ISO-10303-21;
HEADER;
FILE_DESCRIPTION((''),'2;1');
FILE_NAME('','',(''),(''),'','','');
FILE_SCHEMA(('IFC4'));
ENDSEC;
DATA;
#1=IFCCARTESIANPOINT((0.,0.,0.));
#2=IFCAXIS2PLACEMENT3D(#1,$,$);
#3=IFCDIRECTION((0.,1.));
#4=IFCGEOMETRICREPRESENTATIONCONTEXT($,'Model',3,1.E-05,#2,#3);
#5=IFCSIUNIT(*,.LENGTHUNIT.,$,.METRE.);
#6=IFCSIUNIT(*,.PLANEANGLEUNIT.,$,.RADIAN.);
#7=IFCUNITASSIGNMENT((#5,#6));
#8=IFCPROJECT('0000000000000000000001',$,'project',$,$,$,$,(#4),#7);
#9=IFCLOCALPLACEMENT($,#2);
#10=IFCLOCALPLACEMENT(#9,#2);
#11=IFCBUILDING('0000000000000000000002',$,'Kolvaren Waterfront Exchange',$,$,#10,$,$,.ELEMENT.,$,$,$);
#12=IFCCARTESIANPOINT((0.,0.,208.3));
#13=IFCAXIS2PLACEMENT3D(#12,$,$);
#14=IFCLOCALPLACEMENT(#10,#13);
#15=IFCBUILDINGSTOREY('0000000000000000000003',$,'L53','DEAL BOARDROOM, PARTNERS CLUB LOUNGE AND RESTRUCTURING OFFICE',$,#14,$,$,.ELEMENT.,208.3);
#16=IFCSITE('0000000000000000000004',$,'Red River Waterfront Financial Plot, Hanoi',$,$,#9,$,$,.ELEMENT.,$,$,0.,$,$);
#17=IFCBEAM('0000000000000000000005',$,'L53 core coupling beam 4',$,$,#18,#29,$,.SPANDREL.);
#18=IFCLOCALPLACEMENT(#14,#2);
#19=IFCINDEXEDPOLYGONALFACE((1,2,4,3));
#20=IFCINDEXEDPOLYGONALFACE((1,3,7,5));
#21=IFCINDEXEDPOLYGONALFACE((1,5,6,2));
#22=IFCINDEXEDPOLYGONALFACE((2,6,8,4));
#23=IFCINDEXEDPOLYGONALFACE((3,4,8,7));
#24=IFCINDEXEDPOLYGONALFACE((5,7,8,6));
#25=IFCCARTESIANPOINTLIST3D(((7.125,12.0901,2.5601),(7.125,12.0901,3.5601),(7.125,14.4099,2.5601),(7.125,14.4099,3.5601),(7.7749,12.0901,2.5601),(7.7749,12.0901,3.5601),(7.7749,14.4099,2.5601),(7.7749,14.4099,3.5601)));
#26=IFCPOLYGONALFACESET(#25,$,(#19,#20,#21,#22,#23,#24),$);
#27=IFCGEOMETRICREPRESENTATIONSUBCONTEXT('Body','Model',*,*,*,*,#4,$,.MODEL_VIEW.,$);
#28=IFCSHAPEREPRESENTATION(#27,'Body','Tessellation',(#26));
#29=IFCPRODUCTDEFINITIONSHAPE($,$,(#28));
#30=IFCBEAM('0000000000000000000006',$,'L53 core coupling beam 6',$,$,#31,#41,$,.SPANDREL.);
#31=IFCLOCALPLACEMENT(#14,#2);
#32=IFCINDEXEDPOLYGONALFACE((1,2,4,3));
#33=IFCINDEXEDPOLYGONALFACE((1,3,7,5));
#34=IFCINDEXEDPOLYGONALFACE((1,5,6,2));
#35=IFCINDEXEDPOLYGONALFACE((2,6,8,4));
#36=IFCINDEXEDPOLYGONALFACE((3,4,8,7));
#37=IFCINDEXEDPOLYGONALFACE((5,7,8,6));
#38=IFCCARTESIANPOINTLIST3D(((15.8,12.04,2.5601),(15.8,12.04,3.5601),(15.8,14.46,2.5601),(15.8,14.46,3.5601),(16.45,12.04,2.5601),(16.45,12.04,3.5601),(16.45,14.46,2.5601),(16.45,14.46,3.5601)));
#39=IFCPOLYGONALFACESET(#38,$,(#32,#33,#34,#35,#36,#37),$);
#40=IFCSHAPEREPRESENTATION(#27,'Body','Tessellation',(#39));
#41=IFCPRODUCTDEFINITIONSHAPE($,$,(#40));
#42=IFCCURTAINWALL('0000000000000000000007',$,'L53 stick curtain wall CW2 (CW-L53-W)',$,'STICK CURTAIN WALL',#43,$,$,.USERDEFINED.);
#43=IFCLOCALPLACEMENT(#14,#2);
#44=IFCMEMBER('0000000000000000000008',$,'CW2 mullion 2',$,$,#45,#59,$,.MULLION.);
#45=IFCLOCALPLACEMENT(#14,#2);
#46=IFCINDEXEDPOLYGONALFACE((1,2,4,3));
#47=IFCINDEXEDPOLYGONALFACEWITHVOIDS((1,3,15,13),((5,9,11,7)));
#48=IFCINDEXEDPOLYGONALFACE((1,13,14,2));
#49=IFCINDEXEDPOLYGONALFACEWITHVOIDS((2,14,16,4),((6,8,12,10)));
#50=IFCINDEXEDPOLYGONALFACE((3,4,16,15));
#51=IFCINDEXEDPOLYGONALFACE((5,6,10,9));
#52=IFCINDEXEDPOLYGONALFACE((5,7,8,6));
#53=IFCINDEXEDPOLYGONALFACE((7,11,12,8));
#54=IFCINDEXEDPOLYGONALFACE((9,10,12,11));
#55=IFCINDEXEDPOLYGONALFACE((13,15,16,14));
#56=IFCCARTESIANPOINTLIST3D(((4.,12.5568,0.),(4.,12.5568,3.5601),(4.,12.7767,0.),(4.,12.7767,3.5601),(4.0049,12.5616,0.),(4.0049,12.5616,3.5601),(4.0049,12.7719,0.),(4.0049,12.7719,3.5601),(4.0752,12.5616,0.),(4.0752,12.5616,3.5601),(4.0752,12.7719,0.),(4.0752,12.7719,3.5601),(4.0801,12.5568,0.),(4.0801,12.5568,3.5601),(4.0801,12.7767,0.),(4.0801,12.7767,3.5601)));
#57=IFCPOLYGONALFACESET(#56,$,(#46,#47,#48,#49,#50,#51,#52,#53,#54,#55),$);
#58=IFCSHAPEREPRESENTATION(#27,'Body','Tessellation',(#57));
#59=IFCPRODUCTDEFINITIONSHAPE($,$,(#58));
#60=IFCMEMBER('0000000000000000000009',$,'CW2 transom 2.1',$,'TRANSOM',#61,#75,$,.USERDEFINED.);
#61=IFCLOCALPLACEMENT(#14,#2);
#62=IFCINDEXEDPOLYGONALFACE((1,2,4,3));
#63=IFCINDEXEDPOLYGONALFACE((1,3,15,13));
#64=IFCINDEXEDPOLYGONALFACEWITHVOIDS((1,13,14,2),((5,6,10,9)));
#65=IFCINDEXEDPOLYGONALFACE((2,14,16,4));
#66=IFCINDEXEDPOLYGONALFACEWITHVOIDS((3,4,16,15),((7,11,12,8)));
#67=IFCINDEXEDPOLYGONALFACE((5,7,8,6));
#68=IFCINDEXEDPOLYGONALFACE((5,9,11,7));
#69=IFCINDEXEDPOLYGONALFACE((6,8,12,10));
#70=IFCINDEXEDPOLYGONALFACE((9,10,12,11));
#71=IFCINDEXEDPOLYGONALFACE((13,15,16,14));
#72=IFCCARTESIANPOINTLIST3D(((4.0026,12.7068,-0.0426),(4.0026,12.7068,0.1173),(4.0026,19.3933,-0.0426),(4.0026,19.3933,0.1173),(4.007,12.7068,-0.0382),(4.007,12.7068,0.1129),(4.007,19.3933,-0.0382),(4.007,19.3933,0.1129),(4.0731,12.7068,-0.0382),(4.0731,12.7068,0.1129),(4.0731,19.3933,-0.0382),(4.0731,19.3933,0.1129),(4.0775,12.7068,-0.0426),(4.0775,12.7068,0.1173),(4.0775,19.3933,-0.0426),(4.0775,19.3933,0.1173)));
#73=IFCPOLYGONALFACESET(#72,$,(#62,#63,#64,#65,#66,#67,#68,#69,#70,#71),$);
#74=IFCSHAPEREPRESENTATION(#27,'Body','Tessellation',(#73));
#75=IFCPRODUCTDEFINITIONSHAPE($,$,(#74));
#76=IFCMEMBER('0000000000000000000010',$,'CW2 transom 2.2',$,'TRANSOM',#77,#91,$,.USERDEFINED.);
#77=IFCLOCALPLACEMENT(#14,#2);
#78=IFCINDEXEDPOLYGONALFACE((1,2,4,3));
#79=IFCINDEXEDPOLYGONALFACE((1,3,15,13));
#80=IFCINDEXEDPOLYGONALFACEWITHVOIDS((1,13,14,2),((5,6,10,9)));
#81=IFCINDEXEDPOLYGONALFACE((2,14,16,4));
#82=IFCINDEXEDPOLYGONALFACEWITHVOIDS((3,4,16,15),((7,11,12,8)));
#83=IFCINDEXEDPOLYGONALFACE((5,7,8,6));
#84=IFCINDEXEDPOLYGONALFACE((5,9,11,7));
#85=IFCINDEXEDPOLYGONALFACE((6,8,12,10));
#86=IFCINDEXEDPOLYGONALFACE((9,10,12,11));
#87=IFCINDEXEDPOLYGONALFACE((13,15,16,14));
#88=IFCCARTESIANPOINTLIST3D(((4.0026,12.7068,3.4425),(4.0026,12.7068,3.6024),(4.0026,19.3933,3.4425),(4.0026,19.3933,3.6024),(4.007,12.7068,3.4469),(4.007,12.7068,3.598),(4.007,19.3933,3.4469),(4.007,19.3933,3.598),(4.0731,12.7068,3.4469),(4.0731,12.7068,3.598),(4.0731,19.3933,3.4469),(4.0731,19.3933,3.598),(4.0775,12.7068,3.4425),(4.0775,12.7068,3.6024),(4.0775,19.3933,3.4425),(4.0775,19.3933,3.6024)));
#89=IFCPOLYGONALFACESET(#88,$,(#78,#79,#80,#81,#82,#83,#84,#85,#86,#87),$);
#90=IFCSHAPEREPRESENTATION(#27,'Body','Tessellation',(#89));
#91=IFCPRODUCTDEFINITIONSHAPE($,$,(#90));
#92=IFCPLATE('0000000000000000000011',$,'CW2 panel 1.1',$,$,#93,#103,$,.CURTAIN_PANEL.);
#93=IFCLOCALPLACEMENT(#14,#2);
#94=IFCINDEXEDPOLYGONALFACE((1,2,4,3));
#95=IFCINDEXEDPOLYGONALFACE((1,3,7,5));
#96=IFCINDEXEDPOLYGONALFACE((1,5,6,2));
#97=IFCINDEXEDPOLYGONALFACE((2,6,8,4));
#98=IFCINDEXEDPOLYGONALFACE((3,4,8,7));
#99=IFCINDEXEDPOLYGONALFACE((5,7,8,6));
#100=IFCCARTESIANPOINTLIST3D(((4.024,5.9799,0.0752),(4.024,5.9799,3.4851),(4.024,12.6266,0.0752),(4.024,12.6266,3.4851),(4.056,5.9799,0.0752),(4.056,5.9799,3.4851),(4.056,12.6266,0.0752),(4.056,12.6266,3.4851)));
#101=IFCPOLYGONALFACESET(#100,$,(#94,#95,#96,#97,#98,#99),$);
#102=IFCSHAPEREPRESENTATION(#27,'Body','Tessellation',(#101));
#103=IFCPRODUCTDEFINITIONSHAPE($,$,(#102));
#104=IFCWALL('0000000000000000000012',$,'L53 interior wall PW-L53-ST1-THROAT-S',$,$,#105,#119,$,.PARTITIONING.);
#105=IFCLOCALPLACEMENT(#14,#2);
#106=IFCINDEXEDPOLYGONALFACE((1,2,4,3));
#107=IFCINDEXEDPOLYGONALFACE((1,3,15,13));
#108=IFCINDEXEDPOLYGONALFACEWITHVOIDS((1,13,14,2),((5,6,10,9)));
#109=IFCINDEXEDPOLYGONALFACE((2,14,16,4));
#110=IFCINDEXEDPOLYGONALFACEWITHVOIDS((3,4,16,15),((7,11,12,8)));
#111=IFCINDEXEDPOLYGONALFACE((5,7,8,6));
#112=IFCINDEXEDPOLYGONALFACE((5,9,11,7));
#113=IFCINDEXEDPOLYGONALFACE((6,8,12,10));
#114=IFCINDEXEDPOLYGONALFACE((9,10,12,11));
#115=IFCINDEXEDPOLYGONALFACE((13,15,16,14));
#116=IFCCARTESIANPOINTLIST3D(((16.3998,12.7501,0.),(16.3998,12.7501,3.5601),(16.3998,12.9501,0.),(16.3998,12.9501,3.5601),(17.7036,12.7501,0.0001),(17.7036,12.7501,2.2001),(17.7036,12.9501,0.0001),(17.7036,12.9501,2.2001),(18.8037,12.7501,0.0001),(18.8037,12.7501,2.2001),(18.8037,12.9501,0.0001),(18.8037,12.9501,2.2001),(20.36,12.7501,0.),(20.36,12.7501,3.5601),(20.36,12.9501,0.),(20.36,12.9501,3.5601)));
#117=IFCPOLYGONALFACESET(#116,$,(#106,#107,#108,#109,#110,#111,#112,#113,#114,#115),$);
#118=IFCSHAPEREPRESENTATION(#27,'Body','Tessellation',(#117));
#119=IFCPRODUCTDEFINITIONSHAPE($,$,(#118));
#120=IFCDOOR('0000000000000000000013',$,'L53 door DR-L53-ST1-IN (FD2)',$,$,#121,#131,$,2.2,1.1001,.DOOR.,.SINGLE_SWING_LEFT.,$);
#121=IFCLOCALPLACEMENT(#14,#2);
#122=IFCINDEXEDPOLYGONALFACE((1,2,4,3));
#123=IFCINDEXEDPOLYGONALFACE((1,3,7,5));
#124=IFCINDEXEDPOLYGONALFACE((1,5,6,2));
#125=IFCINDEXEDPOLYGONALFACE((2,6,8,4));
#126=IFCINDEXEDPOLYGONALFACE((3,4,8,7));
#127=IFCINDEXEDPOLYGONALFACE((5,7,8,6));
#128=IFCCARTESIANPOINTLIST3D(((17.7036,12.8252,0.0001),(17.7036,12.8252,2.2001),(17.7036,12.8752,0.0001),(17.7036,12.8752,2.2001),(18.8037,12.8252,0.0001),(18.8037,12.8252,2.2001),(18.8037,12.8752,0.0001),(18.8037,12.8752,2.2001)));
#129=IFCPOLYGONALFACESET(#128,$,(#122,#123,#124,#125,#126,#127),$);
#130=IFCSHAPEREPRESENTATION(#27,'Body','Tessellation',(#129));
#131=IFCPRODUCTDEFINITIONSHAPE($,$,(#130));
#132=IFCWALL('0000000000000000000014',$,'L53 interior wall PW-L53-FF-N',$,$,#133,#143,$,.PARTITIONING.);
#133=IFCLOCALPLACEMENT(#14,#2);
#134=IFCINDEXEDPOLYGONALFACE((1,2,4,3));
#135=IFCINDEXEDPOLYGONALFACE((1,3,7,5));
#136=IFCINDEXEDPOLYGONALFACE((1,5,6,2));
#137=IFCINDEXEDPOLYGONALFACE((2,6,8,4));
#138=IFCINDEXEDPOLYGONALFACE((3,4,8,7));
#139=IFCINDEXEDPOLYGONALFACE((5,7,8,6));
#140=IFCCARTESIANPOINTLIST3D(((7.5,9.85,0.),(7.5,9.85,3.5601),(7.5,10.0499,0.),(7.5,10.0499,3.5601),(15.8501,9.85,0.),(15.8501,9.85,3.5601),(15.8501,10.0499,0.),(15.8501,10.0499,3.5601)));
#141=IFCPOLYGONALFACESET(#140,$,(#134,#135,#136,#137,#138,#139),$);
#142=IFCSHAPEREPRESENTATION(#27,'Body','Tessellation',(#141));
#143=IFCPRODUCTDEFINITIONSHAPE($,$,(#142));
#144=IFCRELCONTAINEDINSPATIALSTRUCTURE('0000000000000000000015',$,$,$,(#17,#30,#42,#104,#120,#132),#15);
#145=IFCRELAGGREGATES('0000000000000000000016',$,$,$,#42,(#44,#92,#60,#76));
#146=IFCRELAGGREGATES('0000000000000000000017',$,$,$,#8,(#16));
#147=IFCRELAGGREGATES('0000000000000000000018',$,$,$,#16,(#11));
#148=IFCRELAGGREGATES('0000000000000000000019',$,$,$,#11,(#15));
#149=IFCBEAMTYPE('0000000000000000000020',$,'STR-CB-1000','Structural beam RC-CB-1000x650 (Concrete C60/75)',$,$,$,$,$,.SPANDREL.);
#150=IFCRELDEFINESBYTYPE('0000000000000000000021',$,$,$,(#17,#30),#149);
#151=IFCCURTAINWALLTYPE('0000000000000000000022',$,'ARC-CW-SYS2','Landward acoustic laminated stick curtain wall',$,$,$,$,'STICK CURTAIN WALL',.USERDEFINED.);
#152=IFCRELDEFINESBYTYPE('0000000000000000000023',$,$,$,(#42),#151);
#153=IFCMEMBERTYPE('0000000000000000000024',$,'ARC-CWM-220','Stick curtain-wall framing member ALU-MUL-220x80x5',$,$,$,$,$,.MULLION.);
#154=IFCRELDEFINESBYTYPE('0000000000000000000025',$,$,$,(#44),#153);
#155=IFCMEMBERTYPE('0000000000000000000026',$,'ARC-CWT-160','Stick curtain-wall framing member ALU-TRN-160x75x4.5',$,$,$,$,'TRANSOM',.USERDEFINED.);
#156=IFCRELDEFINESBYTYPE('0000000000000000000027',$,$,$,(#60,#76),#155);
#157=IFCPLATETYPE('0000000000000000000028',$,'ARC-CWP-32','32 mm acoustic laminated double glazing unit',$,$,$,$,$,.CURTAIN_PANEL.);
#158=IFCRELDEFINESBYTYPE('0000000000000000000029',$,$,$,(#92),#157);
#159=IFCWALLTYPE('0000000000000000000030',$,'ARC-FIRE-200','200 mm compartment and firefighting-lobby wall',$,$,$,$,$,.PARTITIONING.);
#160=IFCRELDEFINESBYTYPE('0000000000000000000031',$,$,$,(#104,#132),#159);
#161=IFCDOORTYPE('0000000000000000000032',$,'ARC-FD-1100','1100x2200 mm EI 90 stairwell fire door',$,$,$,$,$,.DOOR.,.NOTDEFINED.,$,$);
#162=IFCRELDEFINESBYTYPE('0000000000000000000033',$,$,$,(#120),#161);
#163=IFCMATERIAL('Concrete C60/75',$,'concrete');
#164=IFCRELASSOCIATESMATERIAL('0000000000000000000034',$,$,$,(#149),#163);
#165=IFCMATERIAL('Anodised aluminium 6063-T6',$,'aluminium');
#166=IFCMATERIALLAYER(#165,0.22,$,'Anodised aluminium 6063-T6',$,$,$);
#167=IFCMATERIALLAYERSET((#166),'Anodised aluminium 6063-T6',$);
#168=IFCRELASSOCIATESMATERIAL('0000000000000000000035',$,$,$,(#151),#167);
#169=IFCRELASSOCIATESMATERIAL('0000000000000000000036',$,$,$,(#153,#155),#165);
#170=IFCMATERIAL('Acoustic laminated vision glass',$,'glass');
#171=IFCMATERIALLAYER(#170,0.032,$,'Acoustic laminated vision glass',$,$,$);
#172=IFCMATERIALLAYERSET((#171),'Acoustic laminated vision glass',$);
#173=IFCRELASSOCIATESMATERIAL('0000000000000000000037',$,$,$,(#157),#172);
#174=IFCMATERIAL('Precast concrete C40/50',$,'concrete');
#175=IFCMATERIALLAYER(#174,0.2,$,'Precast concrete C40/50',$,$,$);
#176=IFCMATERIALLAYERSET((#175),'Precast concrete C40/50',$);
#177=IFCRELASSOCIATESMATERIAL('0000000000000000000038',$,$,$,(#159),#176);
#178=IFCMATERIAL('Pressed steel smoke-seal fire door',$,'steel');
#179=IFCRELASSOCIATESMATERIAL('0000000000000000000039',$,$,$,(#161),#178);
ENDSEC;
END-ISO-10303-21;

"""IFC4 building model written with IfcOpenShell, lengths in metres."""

from ifc_helpers import new_model, si_unit, direction, frame, frame_2d, origin, origin_with_axes, origin_2d, place, context, subcontext, project, spatial, rectangle, hollow_rectangle, extrude, source, transform, mapped, material, layer, layer_set, material_profile, profile_set, type_object, element, fill, aggregate, save


model = new_model("IFC4")

# Units and contexts
model_context = context("Model", 3, precision=1e-05, world=origin(), true_north=direction((0.0, 1.0)))
body_context = subcontext(model_context, "Body", "Model", "MODEL_VIEW")
ifc_project = project(units=[si_unit("LENGTHUNIT", "METRE"), si_unit("PLANEANGLEUNIT", "RADIAN")], contexts=[model_context])

# Site, building, storey
site_placement = place(None, origin())
site = spatial("IfcSite", under=ifc_project, at=site_placement, Name="Red River Waterfront Financial Plot, Hanoi", CompositionType="ELEMENT", RefElevation=0.0)
building_placement = place(site_placement, origin())
building = spatial("IfcBuilding", under=site, at=building_placement, Name="Kolvaren Waterfront Exchange", CompositionType="ELEMENT")
storey_placement = place(building_placement, frame((0.0, 0.0, 208.3)))
storey = spatial("IfcBuildingStorey", under=building, at=storey_placement, Name="L53", Description="DEAL BOARDROOM, PARTNERS CLUB LOUNGE AND RESTRUCTURING OFFICE", CompositionType="ELEMENT", Elevation=208.3)

# Beams
ifc_material_1 = material(Name="Concrete C60/75", Category="concrete")
ifc_material_profile_1 = material_profile(ifc_material_1, rectangle(XDim=0.6499, YDim=1.0, at=origin_2d()), Name="RC-CB-1000x650")
ifc_profile_set_1 = profile_set([ifc_material_profile_1], Name="Concrete C60/75")
beam_type = type_object("IfcBeamType", Name="STR-CB-1000", Description="Structural beam RC-CB-1000x650 (Concrete C60/75)", PredefinedType="SPANDREL", material=ifc_profile_set_1)
beam_1_placement = place(storey_placement, frame((7.45, 12.0901, 3.0601), z_axis=(0.0, 1.0, 0.0), x_axis=(-1.0, 0.0, 0.0)))
element("IfcBeam", 1, at=beam_1_placement, inside=storey, type_object=beam_type, Name="L53 core coupling beam 4", PredefinedType="SPANDREL", context=body_context, shape_type="SweptSolid", body=[
    extrude(rectangle(XDim=0.6499, YDim=1.0, at=origin_2d()), origin(), (0.0, 0.0, 1.0), 2.3198),
])
beam_2_placement = place(storey_placement, frame((16.125, 12.04, 3.0601), z_axis=(0.0, 1.0, 0.0), x_axis=(-1.0, 0.0, 0.0)))
element("IfcBeam", 2, at=beam_2_placement, inside=storey, type_object=beam_type, Name="L53 core coupling beam 6", PredefinedType="SPANDREL", context=body_context, shape_type="SweptSolid", body=[
    extrude(rectangle(XDim=0.6499, YDim=1.0, at=origin_2d()), origin(), (0.0, 0.0, 1.0), 2.4199),
])

# Curtain wall, members, plate
ifc_material_2 = material(Name="Anodised aluminium 6063-T6", Category="aluminium")
ifc_layer_1 = layer(ifc_material_2, 0.22, Name="Anodised aluminium 6063-T6")
ifc_layer_set_1 = layer_set([ifc_layer_1], Name="Anodised aluminium 6063-T6")
curtain_wall_type = type_object("IfcCurtainWallType", Name="ARC-CW-SYS2", Description="Landward acoustic laminated stick curtain wall", ElementType="STICK CURTAIN WALL", PredefinedType="USERDEFINED", material=ifc_layer_set_1)
curtain_wall_placement = place(storey_placement, origin())
curtain_wall = element("IfcCurtainWall", 3, at=curtain_wall_placement, inside=storey, type_object=curtain_wall_type, Name="L53 stick curtain wall CW2 (CW-L53-W)", ObjectType="STICK CURTAIN WALL", PredefinedType="USERDEFINED")
ifc_material_profile_2 = material_profile(ifc_material_2, hollow_rectangle(XDim=0.0801, YDim=0.22, WallThickness=0.0049, at=origin_2d()), Name="ALU-MUL-220x80x5")
ifc_profile_set_2 = profile_set([ifc_material_profile_2], Name="Anodised aluminium 6063-T6")
member_type_1 = type_object("IfcMemberType", Name="ARC-CWM-220", Description="Stick curtain-wall framing member ALU-MUL-220x80x5", PredefinedType="MULLION", material=ifc_profile_set_2)
shared_shape_1 = source(origin_with_axes(), body_context, "Body", "SweptSolid", [
    extrude(hollow_rectangle(XDim=0.0801, YDim=0.22, WallThickness=0.0049, at=origin_2d()), origin(), (0.0, 0.0, 1.0), 3.5601),
])
member_1_placement = place(storey_placement, frame((4.04, 12.6667, 0.0), z_axis=(0.0, 0.0, 1.0), x_axis=(-1.0, 0.0, 0.0)))
member_1 = element("IfcMember", 4, at=member_1_placement, type_object=member_type_1, Name="CW2 mullion 2", PredefinedType="MULLION", context=body_context, shape_type="MappedRepresentation", body=[
    mapped(shared_shape_1, transform((0.0, 0.0, 0.0), x_axis=(1.0, 0.0, 0.0), y_axis=(0.0, 1.0, 0.0), z_axis=(0.0, 0.0, 1.0), scale=1.0)),
])
ifc_material_profile_3 = material_profile(ifc_material_2, hollow_rectangle(XDim=0.075, YDim=0.1599, WallThickness=0.0044, at=origin_2d()), Name="ALU-TRN-160x75x4.5")
ifc_profile_set_3 = profile_set([ifc_material_profile_3], Name="Anodised aluminium 6063-T6")
member_type_2 = type_object("IfcMemberType", Name="ARC-CWT-160", Description="Stick curtain-wall framing member ALU-TRN-160x75x4.5", ElementType="TRANSOM", PredefinedType="USERDEFINED", material=ifc_profile_set_3)
shared_shape_2 = source(origin_with_axes(), body_context, "Body", "SweptSolid", [
    extrude(hollow_rectangle(XDim=0.075, YDim=0.1599, WallThickness=0.0044, at=origin_2d()), origin(), (0.0, 0.0, 1.0), 6.6865),
])
member_2_placement = place(storey_placement, frame((4.04, 12.7068, 0.0374), z_axis=(0.0, 1.0, 0.0), x_axis=(-1.0, 0.0, 0.0)))
member_2 = element("IfcMember", 5, at=member_2_placement, type_object=member_type_2, Name="CW2 transom 2.1", ObjectType="TRANSOM", PredefinedType="USERDEFINED", context=body_context, shape_type="MappedRepresentation", body=[
    mapped(shared_shape_2, transform((0.0, 0.0, 0.0), x_axis=(1.0, 0.0, 0.0), y_axis=(0.0, 1.0, 0.0), z_axis=(0.0, 0.0, 1.0), scale=1.0)),
])
member_3_placement = place(storey_placement, frame((4.04, 12.7068, 3.5225), z_axis=(0.0, 1.0, 0.0), x_axis=(-1.0, 0.0, 0.0)))
member_3 = element("IfcMember", 6, at=member_3_placement, type_object=member_type_2, Name="CW2 transom 2.2", ObjectType="TRANSOM", PredefinedType="USERDEFINED", context=body_context, shape_type="MappedRepresentation", body=[
    mapped(shared_shape_2, transform((0.0, 0.0, 0.0), x_axis=(1.0, 0.0, 0.0), y_axis=(0.0, 1.0, 0.0), z_axis=(0.0, 0.0, 1.0), scale=1.0)),
])
ifc_material_3 = material(Name="Acoustic laminated vision glass", Category="glass")
ifc_layer_2 = layer(ifc_material_3, 0.032, Name="Acoustic laminated vision glass")
ifc_layer_set_2 = layer_set([ifc_layer_2], Name="Acoustic laminated vision glass")
plate_type = type_object("IfcPlateType", Name="ARC-CWP-32", Description="32 mm acoustic laminated double glazing unit", PredefinedType="CURTAIN_PANEL", material=ifc_layer_set_2)
shared_shape_3 = source(origin_with_axes(), body_context, "Body", "SweptSolid", [
    extrude(rectangle(XDim=6.6467, YDim=0.032, at=origin_2d()), origin(), (0.0, 0.0, 1.0), 3.4099),
])
plate_placement = place(storey_placement, frame((4.04, 9.3032, 0.0752), z_axis=(0.0, 0.0, 1.0), x_axis=(0.0, 1.0, 0.0)))
plate = element("IfcPlate", 7, at=plate_placement, type_object=plate_type, Name="CW2 panel 1.1", PredefinedType="CURTAIN_PANEL", context=body_context, shape_type="MappedRepresentation", body=[
    mapped(shared_shape_3, transform((0.0, 0.0, 0.0), x_axis=(1.0, 0.0, 0.0), y_axis=(0.0, 1.0, 0.0), z_axis=(0.0, 0.0, 1.0), scale=1.0)),
])
aggregate(curtain_wall, [member_1, plate, member_2, member_3])

# Wall, opening, door
ifc_material_4 = material(Name="Precast concrete C40/50", Category="concrete")
ifc_layer_3 = layer(ifc_material_4, 0.2, Name="Precast concrete C40/50")
ifc_layer_set_3 = layer_set([ifc_layer_3], Name="Precast concrete C40/50")
wall_type_1 = type_object("IfcWallType", Name="ARC-FIRE-200", Description="200 mm compartment and firefighting-lobby wall", PredefinedType="PARTITIONING", material=ifc_layer_set_3)
wall_1_placement = place(storey_placement, frame((16.3999, 12.8501, 0.0), z_axis=(0.0, 0.0, 1.0), x_axis=(1.0, 0.0, 0.0)))
wall_1 = element("IfcWall", 8, at=wall_1_placement, inside=storey, type_object=wall_type_1, Name="L53 interior wall PW-L53-ST1-THROAT-S", PredefinedType="PARTITIONING", context=body_context, shape_type="SweptSolid", body=[
    extrude(rectangle(XDim=3.9602, YDim=0.2, at=frame_2d((1.98, 0.0))), origin(), (0.0, 0.0, 1.0), 3.5601),
])
opening_1_placement = place(wall_1_placement, frame((1.3037, 0.0, 0.0)))
opening_1 = element("IfcOpeningElement", 9, at=opening_1_placement, cuts=wall_1, PredefinedType="OPENING", context=body_context, shape_type="SweptSolid", body=[
    extrude(rectangle(XDim=1.1001, YDim=2.2, at=frame_2d((0.55, 1.1001))), frame((0.0, 0.1099, 0.0), z_axis=(0.0, -1.0, 0.0), x_axis=(1.0, 0.0, 0.0)), (0.0, 0.0, 1.0), 0.22),
])
ifc_material_5 = material(Name="Pressed steel smoke-seal fire door", Category="steel")
door_type_1 = type_object("IfcDoorType", Name="ARC-FD-1100", Description="1100x2200 mm EI 90 stairwell fire door", OperationType="NOTDEFINED", PredefinedType="DOOR", material=ifc_material_5)
door_1_placement = place(opening_1_placement, frame((1.1001, 0.0, 0.0), z_axis=(0.0, 0.0, 1.0), x_axis=(-1.0, 0.0, 0.0)))
door_1 = element("IfcDoor", 10, at=door_1_placement, inside=storey, type_object=door_type_1, Name="L53 door DR-L53-ST1-IN (FD2)", OperationType="SINGLE_SWING_LEFT", OverallHeight=2.2, OverallWidth=1.1001, PredefinedType="DOOR", context=body_context, shape_type="SweptSolid", body=[
    extrude(rectangle(XDim=1.1001, YDim=2.2, at=frame_2d((0.55, 1.1001))), frame((0.0, 0.0249, 0.0), z_axis=(0.0, -1.0, 0.0), x_axis=(1.0, 0.0, 0.0)), (0.0, 0.0, 1.0), 0.05),
])
fill(opening_1, door_1)

# Wall
wall_2_placement = place(storey_placement, frame((7.5, 9.95, 0.0), z_axis=(0.0, 0.0, 1.0), x_axis=(1.0, 0.0, 0.0)))
element("IfcWall", 11, at=wall_2_placement, inside=storey, type_object=wall_type_1, Name="L53 interior wall PW-L53-FF-N", PredefinedType="PARTITIONING", context=body_context, shape_type="SweptSolid", body=[
    extrude(rectangle(XDim=8.3501, YDim=0.2, at=frame_2d((4.175, 0.0))), origin(), (0.0, 0.0, 1.0), 3.5601),
])

save(model, "model.ifc")
